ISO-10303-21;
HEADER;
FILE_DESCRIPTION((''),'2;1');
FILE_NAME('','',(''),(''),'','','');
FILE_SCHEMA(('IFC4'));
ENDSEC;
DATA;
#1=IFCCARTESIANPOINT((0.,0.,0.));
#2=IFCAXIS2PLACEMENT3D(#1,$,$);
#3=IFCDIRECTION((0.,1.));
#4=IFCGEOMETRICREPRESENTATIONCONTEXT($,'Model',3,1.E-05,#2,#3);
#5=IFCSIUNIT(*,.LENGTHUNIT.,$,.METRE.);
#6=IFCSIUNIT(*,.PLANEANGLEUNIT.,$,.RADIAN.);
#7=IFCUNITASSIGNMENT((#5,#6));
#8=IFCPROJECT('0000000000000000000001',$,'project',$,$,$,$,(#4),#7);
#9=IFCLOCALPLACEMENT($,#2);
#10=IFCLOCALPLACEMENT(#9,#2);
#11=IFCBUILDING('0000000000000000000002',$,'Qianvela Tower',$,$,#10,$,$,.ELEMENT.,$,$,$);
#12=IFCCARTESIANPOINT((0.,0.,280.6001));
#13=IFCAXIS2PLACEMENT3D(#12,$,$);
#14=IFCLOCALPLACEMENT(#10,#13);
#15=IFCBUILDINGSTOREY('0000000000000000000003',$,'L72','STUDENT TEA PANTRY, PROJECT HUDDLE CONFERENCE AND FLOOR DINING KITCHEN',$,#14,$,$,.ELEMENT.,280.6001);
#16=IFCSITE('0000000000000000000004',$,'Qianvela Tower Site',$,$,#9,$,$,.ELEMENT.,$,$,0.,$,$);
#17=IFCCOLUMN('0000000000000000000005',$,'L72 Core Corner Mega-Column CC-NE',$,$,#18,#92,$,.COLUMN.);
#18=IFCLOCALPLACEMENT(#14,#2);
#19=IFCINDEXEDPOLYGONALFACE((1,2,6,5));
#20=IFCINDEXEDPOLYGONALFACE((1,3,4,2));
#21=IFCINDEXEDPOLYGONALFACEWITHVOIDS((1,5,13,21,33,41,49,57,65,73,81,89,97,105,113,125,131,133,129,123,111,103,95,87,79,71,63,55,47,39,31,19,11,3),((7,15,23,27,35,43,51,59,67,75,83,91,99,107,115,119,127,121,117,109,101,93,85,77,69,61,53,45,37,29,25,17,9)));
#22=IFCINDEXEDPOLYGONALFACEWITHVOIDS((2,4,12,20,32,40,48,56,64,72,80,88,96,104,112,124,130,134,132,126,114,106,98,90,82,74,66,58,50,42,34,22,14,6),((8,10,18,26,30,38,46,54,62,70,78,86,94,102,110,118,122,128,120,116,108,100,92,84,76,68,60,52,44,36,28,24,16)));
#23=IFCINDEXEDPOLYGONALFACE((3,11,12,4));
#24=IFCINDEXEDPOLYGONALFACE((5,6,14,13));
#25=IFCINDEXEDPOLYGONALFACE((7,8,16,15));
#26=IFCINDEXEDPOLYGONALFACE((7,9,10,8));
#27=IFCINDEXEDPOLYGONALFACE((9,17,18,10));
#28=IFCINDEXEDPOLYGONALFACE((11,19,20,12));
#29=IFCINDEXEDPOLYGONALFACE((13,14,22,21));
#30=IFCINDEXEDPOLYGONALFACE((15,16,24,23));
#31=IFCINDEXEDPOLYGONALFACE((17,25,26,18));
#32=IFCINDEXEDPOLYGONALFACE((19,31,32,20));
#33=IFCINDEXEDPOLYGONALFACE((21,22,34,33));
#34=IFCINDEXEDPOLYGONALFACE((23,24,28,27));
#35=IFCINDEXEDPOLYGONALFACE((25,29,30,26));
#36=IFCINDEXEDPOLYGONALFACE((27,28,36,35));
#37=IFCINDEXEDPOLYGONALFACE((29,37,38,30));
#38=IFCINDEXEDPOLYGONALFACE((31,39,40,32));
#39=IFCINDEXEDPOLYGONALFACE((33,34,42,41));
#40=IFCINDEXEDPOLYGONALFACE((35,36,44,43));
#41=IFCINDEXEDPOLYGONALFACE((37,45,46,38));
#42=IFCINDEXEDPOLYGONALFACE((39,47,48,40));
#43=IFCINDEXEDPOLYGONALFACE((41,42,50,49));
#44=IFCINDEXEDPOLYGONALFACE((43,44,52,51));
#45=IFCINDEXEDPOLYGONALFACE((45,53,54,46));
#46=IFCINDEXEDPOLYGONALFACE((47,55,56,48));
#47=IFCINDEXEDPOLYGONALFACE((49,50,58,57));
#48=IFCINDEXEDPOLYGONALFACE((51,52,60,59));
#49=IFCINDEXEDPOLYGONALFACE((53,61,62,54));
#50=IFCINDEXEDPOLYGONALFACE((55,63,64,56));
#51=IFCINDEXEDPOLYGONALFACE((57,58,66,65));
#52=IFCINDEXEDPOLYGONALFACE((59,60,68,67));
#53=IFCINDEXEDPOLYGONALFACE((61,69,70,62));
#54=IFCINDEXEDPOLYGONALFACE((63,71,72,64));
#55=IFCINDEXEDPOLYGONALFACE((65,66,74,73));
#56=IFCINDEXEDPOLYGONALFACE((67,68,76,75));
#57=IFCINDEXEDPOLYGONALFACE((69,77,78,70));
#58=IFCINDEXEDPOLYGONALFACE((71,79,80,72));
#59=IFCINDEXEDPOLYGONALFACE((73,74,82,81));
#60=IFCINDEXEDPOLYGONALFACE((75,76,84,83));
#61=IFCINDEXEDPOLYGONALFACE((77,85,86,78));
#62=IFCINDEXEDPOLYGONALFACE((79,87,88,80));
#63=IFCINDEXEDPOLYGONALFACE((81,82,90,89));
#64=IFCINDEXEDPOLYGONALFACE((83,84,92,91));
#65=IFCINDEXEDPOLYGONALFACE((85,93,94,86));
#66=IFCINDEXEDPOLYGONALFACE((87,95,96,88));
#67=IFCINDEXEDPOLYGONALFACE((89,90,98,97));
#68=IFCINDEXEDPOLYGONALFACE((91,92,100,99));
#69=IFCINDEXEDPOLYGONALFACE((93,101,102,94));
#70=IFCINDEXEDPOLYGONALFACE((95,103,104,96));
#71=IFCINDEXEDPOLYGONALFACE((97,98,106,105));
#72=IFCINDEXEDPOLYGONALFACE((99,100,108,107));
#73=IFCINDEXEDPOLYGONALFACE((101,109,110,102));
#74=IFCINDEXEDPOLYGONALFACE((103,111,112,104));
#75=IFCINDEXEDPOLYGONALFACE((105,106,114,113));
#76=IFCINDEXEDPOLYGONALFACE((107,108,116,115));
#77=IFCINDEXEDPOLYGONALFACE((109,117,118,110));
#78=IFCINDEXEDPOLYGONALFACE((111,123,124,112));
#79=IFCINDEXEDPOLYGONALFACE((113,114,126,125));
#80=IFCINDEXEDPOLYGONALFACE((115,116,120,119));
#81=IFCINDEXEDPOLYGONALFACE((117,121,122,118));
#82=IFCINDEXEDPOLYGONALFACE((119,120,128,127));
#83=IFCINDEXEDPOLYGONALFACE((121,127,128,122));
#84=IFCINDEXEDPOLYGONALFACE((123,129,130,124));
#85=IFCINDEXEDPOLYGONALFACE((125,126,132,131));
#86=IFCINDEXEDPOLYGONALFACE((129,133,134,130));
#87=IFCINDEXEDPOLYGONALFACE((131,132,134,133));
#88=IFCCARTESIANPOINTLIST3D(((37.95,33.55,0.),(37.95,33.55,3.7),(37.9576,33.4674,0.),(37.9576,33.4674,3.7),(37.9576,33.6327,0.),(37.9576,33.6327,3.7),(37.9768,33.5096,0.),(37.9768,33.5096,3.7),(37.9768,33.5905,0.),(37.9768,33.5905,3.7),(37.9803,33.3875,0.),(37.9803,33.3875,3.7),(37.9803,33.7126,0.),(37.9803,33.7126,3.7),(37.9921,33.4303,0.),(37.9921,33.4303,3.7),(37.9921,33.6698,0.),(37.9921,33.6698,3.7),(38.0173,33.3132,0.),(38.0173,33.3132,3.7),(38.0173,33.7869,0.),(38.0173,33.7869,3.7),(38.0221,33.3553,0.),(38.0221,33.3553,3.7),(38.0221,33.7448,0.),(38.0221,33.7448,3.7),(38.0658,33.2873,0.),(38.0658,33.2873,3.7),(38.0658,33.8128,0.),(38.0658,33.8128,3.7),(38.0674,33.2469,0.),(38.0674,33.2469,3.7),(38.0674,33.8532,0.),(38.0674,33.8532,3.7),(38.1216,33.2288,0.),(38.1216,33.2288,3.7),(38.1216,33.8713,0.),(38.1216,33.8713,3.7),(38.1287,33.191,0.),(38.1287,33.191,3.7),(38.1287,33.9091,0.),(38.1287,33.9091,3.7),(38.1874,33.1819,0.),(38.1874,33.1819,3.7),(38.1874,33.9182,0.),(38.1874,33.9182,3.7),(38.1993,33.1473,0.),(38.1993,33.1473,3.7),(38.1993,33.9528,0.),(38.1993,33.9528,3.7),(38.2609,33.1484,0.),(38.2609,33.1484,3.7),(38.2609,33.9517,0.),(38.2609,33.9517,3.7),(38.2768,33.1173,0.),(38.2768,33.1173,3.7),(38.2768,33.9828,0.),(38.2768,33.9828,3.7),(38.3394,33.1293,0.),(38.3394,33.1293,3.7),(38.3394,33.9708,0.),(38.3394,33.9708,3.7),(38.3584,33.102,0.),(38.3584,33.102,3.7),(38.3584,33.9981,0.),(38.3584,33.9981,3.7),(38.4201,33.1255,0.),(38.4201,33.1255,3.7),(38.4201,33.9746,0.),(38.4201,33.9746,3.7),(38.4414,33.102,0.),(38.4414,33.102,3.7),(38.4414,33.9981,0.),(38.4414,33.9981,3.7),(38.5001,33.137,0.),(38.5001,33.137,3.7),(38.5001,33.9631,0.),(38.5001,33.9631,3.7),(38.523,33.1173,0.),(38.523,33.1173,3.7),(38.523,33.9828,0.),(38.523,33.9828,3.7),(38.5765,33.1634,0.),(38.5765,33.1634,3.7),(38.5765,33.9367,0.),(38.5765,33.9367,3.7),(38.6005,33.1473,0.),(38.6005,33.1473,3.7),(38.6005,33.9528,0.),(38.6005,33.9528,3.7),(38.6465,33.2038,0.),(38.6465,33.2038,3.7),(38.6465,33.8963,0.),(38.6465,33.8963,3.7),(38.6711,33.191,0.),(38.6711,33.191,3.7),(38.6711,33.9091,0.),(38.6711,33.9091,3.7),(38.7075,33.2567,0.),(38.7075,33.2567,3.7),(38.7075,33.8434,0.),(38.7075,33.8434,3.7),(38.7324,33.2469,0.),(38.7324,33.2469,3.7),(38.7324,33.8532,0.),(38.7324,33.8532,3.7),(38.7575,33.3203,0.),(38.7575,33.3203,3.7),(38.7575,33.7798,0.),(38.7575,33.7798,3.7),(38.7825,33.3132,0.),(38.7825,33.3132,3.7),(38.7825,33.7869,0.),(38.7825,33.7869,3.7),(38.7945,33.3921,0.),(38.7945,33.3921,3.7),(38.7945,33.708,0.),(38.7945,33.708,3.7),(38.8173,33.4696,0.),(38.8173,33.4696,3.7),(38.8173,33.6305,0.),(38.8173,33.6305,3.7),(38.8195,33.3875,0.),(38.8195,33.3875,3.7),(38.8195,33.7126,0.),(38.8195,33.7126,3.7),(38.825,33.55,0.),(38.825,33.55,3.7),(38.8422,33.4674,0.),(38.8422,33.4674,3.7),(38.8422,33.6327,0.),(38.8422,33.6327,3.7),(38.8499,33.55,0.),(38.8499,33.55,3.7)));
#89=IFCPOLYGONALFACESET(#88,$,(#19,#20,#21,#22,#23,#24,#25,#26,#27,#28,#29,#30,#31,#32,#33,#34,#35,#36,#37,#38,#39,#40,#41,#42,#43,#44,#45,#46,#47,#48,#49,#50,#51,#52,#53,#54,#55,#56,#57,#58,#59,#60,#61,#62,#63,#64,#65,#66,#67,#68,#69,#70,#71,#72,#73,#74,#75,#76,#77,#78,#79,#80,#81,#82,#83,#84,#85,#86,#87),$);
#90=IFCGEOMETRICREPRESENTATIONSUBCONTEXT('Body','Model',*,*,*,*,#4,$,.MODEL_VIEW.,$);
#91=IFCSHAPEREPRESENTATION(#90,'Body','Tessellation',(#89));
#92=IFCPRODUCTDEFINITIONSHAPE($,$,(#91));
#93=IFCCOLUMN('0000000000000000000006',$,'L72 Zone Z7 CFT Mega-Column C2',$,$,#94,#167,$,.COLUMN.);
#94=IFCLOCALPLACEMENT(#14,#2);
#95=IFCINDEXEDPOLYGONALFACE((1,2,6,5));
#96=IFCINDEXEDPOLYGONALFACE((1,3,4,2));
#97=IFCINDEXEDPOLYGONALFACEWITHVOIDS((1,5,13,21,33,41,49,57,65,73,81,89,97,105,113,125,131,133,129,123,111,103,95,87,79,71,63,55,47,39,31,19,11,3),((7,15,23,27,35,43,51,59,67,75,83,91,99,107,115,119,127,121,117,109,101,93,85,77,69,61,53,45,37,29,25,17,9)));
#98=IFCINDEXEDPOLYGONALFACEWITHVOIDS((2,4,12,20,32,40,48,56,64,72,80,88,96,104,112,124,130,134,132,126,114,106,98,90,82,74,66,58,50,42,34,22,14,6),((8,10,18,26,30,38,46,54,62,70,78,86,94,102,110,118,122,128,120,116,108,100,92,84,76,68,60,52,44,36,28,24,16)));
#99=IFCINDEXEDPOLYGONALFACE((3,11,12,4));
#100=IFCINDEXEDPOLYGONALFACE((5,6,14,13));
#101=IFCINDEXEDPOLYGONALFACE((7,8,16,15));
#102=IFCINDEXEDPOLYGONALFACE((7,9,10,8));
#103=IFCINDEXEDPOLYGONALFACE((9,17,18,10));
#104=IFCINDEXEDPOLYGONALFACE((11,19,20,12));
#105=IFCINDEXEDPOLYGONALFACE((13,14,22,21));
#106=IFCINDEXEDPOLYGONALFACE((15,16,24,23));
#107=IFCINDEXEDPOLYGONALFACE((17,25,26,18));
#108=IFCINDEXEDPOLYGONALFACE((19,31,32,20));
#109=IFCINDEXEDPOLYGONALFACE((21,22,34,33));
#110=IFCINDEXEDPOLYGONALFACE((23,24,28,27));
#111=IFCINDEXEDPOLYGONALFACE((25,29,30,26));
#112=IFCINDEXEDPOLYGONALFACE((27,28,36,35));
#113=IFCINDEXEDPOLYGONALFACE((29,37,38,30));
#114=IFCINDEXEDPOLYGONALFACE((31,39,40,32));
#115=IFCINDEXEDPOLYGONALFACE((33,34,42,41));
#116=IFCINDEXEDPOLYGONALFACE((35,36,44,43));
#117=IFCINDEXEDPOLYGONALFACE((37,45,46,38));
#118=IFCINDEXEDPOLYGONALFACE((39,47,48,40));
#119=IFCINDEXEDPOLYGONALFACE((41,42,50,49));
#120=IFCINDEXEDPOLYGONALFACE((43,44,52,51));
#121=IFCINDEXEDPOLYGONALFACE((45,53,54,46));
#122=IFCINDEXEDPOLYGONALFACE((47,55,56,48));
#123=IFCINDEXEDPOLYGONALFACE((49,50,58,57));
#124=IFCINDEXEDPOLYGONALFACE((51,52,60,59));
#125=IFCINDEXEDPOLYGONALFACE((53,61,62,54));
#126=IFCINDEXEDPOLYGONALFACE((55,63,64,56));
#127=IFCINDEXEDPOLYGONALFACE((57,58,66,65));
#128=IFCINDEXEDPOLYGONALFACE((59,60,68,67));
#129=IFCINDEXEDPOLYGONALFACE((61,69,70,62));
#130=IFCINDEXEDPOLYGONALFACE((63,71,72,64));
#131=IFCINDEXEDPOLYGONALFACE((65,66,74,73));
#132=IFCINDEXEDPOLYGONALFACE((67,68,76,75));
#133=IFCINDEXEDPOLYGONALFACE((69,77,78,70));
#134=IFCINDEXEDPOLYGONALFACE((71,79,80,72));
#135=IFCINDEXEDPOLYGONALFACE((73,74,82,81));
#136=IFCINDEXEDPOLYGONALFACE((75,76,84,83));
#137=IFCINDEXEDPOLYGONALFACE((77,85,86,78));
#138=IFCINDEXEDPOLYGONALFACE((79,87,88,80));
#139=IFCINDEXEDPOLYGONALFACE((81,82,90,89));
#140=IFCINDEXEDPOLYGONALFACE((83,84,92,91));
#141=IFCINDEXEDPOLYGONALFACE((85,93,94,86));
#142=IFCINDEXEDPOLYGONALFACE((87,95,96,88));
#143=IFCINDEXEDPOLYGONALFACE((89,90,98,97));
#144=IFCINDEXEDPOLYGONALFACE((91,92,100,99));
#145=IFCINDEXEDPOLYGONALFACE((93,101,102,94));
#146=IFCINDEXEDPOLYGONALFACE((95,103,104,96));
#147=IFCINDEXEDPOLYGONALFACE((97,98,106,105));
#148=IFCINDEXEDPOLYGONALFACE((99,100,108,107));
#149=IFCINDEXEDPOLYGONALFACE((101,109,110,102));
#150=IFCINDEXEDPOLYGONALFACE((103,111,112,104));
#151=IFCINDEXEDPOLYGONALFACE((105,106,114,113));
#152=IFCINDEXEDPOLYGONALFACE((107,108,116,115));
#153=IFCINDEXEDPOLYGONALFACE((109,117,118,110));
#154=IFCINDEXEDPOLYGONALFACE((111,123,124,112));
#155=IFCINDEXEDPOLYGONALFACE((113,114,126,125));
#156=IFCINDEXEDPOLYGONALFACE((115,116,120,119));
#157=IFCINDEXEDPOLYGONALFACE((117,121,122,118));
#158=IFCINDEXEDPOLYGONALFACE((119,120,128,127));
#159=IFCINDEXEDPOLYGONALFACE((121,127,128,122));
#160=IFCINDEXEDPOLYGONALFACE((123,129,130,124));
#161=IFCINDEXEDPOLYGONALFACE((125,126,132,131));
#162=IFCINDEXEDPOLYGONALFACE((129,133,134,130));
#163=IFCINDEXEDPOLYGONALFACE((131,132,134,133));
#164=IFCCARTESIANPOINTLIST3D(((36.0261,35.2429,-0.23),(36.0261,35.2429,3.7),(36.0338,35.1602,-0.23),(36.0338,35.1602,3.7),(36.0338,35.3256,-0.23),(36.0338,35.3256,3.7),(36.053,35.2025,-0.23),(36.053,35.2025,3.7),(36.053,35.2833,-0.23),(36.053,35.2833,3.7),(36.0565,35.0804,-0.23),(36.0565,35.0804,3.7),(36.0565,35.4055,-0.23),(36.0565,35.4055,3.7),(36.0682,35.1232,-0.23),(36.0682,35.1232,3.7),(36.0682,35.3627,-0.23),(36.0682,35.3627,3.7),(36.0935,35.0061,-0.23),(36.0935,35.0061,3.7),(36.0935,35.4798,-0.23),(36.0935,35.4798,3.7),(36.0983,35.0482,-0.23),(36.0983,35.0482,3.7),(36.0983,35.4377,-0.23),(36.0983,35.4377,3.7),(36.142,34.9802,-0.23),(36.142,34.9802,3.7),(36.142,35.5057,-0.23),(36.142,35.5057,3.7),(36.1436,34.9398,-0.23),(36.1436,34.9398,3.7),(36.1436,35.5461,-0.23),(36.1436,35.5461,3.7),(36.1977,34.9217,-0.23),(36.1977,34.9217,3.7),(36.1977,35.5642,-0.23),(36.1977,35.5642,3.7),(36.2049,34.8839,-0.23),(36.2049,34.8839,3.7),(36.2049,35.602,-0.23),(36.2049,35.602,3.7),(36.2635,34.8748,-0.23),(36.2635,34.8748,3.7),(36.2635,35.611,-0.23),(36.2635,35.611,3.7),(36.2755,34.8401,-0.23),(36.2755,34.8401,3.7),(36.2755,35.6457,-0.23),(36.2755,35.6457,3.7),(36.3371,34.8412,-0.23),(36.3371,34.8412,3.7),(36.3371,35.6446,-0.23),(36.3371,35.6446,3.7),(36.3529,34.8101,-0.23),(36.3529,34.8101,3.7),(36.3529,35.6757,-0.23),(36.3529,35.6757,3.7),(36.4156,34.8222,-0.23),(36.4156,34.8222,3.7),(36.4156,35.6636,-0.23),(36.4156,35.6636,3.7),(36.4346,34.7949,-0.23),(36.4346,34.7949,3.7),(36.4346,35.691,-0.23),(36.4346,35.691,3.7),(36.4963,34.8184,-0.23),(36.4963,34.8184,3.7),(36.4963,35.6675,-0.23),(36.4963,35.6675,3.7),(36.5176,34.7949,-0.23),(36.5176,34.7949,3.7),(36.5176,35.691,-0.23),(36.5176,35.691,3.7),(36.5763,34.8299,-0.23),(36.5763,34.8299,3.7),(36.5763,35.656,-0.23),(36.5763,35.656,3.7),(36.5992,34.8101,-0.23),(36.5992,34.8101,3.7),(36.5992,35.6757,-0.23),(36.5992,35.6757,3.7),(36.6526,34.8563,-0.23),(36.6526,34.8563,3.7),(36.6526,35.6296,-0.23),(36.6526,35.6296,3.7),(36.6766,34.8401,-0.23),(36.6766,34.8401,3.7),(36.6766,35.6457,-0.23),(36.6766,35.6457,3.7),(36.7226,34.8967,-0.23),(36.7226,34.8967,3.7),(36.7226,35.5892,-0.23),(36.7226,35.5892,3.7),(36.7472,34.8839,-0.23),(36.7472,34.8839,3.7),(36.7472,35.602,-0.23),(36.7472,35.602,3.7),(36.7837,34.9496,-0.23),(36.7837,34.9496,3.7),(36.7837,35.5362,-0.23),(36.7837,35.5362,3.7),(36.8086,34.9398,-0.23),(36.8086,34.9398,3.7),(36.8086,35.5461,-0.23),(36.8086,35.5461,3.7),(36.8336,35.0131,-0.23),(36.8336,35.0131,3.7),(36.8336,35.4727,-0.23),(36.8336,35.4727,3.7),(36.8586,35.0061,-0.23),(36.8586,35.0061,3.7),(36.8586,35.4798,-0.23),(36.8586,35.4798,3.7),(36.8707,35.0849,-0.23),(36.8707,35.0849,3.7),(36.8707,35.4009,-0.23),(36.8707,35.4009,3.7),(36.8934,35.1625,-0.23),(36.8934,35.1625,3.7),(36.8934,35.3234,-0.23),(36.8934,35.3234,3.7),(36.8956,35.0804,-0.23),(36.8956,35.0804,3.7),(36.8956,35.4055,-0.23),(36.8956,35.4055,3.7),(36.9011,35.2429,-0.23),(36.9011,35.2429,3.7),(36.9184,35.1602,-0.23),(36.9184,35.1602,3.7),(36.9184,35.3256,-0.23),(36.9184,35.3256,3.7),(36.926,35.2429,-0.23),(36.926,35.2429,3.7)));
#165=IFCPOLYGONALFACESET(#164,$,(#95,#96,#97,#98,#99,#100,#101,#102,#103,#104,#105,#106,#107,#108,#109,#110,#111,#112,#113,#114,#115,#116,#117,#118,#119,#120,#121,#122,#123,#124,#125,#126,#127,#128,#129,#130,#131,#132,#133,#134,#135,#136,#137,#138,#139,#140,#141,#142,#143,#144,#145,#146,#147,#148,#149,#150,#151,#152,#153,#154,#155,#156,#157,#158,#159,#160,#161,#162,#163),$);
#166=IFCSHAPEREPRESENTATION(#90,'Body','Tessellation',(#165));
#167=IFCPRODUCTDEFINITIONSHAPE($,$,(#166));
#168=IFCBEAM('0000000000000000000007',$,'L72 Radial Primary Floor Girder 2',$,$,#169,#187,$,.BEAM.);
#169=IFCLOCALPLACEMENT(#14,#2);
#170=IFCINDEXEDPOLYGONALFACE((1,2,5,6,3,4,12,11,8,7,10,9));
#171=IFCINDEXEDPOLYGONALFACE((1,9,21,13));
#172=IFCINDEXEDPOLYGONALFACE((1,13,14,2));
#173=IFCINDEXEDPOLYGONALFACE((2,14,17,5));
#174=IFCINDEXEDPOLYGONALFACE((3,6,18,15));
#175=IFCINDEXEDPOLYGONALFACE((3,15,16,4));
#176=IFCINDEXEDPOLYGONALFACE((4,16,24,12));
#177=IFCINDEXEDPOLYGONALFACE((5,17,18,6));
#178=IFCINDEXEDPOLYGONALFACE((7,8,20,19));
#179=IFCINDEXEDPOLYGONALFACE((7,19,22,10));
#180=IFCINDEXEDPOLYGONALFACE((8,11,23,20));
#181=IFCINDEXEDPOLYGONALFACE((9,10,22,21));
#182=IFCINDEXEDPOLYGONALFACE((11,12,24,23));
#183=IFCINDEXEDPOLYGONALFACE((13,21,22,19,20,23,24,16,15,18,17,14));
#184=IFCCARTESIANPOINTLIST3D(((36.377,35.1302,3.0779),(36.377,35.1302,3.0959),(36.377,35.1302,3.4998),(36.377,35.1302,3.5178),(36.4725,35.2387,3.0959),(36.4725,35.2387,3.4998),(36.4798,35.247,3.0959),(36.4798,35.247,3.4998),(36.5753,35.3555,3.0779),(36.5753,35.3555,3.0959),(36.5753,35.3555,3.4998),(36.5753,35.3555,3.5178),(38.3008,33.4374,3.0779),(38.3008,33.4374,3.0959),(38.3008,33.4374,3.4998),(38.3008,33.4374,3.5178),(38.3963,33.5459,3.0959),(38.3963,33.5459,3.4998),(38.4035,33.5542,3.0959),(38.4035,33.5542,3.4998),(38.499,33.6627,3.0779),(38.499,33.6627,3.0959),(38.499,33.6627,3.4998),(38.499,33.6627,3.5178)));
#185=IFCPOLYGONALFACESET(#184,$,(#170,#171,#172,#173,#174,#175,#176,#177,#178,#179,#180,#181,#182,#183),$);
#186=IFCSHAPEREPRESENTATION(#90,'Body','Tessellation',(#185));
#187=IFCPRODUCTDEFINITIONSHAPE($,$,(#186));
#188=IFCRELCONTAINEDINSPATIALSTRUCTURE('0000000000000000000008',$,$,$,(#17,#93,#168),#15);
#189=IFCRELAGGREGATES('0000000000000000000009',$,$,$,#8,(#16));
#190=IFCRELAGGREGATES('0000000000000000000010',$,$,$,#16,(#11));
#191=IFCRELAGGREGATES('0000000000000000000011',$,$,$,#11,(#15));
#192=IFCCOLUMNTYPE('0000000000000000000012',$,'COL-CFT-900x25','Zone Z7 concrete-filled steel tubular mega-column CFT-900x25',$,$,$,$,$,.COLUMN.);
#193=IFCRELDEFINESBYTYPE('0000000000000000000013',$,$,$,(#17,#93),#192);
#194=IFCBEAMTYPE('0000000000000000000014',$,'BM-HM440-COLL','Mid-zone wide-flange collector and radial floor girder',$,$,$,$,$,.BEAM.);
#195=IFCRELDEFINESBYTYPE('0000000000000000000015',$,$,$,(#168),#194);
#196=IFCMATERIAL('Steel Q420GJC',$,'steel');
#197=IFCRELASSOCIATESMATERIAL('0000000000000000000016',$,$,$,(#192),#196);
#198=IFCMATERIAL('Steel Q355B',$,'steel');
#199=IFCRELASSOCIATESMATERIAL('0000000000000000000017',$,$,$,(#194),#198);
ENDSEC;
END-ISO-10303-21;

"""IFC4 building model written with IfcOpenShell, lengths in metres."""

from ifc_helpers import new_model, si_unit, direction, frame, origin, origin_2d, place, context, subcontext, project, spatial, hollow_circle, i_section, extrude, material, material_profile, profile_set, type_object, element, save


model = new_model("IFC4")

# Units and contexts
model_context = context("Model", 3, precision=1e-05, world=origin(), true_north=direction((0.0, 1.0)))
body_context = subcontext(model_context, "Body", "Model", "MODEL_VIEW")
ifc_project = project(units=[si_unit("LENGTHUNIT", "METRE"), si_unit("PLANEANGLEUNIT", "RADIAN")], contexts=[model_context])

# Site, building, storey
site_placement = place(None, origin())
site = spatial("IfcSite", under=ifc_project, at=site_placement, Name="Qianvela Tower Site", CompositionType="ELEMENT", RefElevation=0.0)
building_placement = place(site_placement, origin())
building = spatial("IfcBuilding", under=site, at=building_placement, Name="Qianvela Tower", CompositionType="ELEMENT")
storey_placement = place(building_placement, frame((0.0, 0.0, 280.6001)))
storey = spatial("IfcBuildingStorey", under=building, at=storey_placement, Name="L72", Description="STUDENT TEA PANTRY, PROJECT HUDDLE CONFERENCE AND FLOOR DINING KITCHEN", CompositionType="ELEMENT", Elevation=280.6001)

# Columns
ifc_material_1 = material(Name="Steel Q420GJC", Category="steel")
ifc_material_profile_1 = material_profile(ifc_material_1, hollow_circle(Radius=0.45, WallThickness=0.0249, at=origin_2d()), Name="CFT-900x25")
ifc_profile_set_1 = profile_set([ifc_material_profile_1], Name="Steel Q420GJC")
column_type = type_object("IfcColumnType", Name="COL-CFT-900x25", Description="Zone Z7 concrete-filled steel tubular mega-column CFT-900x25", PredefinedType="COLUMN", material=ifc_profile_set_1)
column_1_placement = place(storey_placement, frame((38.3999, 33.55, 0.0), z_axis=(0.0, 0.0, 1.0), x_axis=(1.0, 0.0, 0.0)))
element("IfcColumn", 1, at=column_1_placement, inside=storey, type_object=column_type, Name="L72 Core Corner Mega-Column CC-NE", PredefinedType="COLUMN", context=body_context, shape_type="SweptSolid", body=[
    extrude(hollow_circle(Radius=0.45, WallThickness=0.0249, at=origin_2d()), origin(), (0.0, 0.0, 1.0), 3.7),
])
column_2_placement = place(storey_placement, frame((36.4761, 35.2429, -0.23), z_axis=(0.0, 0.0, 1.0), x_axis=(1.0, 0.0, 0.0)))
element("IfcColumn", 2, at=column_2_placement, inside=storey, type_object=column_type, Name="L72 Zone Z7 CFT Mega-Column C2", PredefinedType="COLUMN", context=body_context, shape_type="SweptSolid", body=[
    extrude(hollow_circle(Radius=0.45, WallThickness=0.0249, at=origin_2d()), origin(), (0.0, 0.0, 1.0), 3.9299),
])

# Beam
ifc_material_2 = material(Name="Steel Q355B", Category="steel")
ifc_material_profile_2 = material_profile(ifc_material_2, i_section(OverallWidth=0.3, OverallDepth=0.4399, WebThickness=0.011, FlangeThickness=0.0181, at=origin_2d()), Name="HM440x300x11x18")
ifc_profile_set_2 = profile_set([ifc_material_profile_2], Name="Steel Q355B")
beam_type_1 = type_object("IfcBeamType", Name="BM-HM440-COLL", Description="Mid-zone wide-flange collector and radial floor girder", PredefinedType="BEAM", material=ifc_profile_set_2)
beam_1_placement = place(storey_placement, frame((38.3999, 33.55, 3.2979), z_axis=(-0.750732, 0.660606, 0.0), x_axis=(-0.660606, -0.750732, 0.0)))
element("IfcBeam", 3, at=beam_1_placement, inside=storey, type_object=beam_type_1, Name="L72 Radial Primary Floor Girder 2", PredefinedType="BEAM", context=body_context, shape_type="SweptSolid", body=[
    extrude(i_section(OverallWidth=0.3, OverallDepth=0.4399, WebThickness=0.011, FlangeThickness=0.0181, at=origin_2d()), origin(), (0.0, 0.0, 1.0), 2.5625),
])

save(model, "model.ifc")
